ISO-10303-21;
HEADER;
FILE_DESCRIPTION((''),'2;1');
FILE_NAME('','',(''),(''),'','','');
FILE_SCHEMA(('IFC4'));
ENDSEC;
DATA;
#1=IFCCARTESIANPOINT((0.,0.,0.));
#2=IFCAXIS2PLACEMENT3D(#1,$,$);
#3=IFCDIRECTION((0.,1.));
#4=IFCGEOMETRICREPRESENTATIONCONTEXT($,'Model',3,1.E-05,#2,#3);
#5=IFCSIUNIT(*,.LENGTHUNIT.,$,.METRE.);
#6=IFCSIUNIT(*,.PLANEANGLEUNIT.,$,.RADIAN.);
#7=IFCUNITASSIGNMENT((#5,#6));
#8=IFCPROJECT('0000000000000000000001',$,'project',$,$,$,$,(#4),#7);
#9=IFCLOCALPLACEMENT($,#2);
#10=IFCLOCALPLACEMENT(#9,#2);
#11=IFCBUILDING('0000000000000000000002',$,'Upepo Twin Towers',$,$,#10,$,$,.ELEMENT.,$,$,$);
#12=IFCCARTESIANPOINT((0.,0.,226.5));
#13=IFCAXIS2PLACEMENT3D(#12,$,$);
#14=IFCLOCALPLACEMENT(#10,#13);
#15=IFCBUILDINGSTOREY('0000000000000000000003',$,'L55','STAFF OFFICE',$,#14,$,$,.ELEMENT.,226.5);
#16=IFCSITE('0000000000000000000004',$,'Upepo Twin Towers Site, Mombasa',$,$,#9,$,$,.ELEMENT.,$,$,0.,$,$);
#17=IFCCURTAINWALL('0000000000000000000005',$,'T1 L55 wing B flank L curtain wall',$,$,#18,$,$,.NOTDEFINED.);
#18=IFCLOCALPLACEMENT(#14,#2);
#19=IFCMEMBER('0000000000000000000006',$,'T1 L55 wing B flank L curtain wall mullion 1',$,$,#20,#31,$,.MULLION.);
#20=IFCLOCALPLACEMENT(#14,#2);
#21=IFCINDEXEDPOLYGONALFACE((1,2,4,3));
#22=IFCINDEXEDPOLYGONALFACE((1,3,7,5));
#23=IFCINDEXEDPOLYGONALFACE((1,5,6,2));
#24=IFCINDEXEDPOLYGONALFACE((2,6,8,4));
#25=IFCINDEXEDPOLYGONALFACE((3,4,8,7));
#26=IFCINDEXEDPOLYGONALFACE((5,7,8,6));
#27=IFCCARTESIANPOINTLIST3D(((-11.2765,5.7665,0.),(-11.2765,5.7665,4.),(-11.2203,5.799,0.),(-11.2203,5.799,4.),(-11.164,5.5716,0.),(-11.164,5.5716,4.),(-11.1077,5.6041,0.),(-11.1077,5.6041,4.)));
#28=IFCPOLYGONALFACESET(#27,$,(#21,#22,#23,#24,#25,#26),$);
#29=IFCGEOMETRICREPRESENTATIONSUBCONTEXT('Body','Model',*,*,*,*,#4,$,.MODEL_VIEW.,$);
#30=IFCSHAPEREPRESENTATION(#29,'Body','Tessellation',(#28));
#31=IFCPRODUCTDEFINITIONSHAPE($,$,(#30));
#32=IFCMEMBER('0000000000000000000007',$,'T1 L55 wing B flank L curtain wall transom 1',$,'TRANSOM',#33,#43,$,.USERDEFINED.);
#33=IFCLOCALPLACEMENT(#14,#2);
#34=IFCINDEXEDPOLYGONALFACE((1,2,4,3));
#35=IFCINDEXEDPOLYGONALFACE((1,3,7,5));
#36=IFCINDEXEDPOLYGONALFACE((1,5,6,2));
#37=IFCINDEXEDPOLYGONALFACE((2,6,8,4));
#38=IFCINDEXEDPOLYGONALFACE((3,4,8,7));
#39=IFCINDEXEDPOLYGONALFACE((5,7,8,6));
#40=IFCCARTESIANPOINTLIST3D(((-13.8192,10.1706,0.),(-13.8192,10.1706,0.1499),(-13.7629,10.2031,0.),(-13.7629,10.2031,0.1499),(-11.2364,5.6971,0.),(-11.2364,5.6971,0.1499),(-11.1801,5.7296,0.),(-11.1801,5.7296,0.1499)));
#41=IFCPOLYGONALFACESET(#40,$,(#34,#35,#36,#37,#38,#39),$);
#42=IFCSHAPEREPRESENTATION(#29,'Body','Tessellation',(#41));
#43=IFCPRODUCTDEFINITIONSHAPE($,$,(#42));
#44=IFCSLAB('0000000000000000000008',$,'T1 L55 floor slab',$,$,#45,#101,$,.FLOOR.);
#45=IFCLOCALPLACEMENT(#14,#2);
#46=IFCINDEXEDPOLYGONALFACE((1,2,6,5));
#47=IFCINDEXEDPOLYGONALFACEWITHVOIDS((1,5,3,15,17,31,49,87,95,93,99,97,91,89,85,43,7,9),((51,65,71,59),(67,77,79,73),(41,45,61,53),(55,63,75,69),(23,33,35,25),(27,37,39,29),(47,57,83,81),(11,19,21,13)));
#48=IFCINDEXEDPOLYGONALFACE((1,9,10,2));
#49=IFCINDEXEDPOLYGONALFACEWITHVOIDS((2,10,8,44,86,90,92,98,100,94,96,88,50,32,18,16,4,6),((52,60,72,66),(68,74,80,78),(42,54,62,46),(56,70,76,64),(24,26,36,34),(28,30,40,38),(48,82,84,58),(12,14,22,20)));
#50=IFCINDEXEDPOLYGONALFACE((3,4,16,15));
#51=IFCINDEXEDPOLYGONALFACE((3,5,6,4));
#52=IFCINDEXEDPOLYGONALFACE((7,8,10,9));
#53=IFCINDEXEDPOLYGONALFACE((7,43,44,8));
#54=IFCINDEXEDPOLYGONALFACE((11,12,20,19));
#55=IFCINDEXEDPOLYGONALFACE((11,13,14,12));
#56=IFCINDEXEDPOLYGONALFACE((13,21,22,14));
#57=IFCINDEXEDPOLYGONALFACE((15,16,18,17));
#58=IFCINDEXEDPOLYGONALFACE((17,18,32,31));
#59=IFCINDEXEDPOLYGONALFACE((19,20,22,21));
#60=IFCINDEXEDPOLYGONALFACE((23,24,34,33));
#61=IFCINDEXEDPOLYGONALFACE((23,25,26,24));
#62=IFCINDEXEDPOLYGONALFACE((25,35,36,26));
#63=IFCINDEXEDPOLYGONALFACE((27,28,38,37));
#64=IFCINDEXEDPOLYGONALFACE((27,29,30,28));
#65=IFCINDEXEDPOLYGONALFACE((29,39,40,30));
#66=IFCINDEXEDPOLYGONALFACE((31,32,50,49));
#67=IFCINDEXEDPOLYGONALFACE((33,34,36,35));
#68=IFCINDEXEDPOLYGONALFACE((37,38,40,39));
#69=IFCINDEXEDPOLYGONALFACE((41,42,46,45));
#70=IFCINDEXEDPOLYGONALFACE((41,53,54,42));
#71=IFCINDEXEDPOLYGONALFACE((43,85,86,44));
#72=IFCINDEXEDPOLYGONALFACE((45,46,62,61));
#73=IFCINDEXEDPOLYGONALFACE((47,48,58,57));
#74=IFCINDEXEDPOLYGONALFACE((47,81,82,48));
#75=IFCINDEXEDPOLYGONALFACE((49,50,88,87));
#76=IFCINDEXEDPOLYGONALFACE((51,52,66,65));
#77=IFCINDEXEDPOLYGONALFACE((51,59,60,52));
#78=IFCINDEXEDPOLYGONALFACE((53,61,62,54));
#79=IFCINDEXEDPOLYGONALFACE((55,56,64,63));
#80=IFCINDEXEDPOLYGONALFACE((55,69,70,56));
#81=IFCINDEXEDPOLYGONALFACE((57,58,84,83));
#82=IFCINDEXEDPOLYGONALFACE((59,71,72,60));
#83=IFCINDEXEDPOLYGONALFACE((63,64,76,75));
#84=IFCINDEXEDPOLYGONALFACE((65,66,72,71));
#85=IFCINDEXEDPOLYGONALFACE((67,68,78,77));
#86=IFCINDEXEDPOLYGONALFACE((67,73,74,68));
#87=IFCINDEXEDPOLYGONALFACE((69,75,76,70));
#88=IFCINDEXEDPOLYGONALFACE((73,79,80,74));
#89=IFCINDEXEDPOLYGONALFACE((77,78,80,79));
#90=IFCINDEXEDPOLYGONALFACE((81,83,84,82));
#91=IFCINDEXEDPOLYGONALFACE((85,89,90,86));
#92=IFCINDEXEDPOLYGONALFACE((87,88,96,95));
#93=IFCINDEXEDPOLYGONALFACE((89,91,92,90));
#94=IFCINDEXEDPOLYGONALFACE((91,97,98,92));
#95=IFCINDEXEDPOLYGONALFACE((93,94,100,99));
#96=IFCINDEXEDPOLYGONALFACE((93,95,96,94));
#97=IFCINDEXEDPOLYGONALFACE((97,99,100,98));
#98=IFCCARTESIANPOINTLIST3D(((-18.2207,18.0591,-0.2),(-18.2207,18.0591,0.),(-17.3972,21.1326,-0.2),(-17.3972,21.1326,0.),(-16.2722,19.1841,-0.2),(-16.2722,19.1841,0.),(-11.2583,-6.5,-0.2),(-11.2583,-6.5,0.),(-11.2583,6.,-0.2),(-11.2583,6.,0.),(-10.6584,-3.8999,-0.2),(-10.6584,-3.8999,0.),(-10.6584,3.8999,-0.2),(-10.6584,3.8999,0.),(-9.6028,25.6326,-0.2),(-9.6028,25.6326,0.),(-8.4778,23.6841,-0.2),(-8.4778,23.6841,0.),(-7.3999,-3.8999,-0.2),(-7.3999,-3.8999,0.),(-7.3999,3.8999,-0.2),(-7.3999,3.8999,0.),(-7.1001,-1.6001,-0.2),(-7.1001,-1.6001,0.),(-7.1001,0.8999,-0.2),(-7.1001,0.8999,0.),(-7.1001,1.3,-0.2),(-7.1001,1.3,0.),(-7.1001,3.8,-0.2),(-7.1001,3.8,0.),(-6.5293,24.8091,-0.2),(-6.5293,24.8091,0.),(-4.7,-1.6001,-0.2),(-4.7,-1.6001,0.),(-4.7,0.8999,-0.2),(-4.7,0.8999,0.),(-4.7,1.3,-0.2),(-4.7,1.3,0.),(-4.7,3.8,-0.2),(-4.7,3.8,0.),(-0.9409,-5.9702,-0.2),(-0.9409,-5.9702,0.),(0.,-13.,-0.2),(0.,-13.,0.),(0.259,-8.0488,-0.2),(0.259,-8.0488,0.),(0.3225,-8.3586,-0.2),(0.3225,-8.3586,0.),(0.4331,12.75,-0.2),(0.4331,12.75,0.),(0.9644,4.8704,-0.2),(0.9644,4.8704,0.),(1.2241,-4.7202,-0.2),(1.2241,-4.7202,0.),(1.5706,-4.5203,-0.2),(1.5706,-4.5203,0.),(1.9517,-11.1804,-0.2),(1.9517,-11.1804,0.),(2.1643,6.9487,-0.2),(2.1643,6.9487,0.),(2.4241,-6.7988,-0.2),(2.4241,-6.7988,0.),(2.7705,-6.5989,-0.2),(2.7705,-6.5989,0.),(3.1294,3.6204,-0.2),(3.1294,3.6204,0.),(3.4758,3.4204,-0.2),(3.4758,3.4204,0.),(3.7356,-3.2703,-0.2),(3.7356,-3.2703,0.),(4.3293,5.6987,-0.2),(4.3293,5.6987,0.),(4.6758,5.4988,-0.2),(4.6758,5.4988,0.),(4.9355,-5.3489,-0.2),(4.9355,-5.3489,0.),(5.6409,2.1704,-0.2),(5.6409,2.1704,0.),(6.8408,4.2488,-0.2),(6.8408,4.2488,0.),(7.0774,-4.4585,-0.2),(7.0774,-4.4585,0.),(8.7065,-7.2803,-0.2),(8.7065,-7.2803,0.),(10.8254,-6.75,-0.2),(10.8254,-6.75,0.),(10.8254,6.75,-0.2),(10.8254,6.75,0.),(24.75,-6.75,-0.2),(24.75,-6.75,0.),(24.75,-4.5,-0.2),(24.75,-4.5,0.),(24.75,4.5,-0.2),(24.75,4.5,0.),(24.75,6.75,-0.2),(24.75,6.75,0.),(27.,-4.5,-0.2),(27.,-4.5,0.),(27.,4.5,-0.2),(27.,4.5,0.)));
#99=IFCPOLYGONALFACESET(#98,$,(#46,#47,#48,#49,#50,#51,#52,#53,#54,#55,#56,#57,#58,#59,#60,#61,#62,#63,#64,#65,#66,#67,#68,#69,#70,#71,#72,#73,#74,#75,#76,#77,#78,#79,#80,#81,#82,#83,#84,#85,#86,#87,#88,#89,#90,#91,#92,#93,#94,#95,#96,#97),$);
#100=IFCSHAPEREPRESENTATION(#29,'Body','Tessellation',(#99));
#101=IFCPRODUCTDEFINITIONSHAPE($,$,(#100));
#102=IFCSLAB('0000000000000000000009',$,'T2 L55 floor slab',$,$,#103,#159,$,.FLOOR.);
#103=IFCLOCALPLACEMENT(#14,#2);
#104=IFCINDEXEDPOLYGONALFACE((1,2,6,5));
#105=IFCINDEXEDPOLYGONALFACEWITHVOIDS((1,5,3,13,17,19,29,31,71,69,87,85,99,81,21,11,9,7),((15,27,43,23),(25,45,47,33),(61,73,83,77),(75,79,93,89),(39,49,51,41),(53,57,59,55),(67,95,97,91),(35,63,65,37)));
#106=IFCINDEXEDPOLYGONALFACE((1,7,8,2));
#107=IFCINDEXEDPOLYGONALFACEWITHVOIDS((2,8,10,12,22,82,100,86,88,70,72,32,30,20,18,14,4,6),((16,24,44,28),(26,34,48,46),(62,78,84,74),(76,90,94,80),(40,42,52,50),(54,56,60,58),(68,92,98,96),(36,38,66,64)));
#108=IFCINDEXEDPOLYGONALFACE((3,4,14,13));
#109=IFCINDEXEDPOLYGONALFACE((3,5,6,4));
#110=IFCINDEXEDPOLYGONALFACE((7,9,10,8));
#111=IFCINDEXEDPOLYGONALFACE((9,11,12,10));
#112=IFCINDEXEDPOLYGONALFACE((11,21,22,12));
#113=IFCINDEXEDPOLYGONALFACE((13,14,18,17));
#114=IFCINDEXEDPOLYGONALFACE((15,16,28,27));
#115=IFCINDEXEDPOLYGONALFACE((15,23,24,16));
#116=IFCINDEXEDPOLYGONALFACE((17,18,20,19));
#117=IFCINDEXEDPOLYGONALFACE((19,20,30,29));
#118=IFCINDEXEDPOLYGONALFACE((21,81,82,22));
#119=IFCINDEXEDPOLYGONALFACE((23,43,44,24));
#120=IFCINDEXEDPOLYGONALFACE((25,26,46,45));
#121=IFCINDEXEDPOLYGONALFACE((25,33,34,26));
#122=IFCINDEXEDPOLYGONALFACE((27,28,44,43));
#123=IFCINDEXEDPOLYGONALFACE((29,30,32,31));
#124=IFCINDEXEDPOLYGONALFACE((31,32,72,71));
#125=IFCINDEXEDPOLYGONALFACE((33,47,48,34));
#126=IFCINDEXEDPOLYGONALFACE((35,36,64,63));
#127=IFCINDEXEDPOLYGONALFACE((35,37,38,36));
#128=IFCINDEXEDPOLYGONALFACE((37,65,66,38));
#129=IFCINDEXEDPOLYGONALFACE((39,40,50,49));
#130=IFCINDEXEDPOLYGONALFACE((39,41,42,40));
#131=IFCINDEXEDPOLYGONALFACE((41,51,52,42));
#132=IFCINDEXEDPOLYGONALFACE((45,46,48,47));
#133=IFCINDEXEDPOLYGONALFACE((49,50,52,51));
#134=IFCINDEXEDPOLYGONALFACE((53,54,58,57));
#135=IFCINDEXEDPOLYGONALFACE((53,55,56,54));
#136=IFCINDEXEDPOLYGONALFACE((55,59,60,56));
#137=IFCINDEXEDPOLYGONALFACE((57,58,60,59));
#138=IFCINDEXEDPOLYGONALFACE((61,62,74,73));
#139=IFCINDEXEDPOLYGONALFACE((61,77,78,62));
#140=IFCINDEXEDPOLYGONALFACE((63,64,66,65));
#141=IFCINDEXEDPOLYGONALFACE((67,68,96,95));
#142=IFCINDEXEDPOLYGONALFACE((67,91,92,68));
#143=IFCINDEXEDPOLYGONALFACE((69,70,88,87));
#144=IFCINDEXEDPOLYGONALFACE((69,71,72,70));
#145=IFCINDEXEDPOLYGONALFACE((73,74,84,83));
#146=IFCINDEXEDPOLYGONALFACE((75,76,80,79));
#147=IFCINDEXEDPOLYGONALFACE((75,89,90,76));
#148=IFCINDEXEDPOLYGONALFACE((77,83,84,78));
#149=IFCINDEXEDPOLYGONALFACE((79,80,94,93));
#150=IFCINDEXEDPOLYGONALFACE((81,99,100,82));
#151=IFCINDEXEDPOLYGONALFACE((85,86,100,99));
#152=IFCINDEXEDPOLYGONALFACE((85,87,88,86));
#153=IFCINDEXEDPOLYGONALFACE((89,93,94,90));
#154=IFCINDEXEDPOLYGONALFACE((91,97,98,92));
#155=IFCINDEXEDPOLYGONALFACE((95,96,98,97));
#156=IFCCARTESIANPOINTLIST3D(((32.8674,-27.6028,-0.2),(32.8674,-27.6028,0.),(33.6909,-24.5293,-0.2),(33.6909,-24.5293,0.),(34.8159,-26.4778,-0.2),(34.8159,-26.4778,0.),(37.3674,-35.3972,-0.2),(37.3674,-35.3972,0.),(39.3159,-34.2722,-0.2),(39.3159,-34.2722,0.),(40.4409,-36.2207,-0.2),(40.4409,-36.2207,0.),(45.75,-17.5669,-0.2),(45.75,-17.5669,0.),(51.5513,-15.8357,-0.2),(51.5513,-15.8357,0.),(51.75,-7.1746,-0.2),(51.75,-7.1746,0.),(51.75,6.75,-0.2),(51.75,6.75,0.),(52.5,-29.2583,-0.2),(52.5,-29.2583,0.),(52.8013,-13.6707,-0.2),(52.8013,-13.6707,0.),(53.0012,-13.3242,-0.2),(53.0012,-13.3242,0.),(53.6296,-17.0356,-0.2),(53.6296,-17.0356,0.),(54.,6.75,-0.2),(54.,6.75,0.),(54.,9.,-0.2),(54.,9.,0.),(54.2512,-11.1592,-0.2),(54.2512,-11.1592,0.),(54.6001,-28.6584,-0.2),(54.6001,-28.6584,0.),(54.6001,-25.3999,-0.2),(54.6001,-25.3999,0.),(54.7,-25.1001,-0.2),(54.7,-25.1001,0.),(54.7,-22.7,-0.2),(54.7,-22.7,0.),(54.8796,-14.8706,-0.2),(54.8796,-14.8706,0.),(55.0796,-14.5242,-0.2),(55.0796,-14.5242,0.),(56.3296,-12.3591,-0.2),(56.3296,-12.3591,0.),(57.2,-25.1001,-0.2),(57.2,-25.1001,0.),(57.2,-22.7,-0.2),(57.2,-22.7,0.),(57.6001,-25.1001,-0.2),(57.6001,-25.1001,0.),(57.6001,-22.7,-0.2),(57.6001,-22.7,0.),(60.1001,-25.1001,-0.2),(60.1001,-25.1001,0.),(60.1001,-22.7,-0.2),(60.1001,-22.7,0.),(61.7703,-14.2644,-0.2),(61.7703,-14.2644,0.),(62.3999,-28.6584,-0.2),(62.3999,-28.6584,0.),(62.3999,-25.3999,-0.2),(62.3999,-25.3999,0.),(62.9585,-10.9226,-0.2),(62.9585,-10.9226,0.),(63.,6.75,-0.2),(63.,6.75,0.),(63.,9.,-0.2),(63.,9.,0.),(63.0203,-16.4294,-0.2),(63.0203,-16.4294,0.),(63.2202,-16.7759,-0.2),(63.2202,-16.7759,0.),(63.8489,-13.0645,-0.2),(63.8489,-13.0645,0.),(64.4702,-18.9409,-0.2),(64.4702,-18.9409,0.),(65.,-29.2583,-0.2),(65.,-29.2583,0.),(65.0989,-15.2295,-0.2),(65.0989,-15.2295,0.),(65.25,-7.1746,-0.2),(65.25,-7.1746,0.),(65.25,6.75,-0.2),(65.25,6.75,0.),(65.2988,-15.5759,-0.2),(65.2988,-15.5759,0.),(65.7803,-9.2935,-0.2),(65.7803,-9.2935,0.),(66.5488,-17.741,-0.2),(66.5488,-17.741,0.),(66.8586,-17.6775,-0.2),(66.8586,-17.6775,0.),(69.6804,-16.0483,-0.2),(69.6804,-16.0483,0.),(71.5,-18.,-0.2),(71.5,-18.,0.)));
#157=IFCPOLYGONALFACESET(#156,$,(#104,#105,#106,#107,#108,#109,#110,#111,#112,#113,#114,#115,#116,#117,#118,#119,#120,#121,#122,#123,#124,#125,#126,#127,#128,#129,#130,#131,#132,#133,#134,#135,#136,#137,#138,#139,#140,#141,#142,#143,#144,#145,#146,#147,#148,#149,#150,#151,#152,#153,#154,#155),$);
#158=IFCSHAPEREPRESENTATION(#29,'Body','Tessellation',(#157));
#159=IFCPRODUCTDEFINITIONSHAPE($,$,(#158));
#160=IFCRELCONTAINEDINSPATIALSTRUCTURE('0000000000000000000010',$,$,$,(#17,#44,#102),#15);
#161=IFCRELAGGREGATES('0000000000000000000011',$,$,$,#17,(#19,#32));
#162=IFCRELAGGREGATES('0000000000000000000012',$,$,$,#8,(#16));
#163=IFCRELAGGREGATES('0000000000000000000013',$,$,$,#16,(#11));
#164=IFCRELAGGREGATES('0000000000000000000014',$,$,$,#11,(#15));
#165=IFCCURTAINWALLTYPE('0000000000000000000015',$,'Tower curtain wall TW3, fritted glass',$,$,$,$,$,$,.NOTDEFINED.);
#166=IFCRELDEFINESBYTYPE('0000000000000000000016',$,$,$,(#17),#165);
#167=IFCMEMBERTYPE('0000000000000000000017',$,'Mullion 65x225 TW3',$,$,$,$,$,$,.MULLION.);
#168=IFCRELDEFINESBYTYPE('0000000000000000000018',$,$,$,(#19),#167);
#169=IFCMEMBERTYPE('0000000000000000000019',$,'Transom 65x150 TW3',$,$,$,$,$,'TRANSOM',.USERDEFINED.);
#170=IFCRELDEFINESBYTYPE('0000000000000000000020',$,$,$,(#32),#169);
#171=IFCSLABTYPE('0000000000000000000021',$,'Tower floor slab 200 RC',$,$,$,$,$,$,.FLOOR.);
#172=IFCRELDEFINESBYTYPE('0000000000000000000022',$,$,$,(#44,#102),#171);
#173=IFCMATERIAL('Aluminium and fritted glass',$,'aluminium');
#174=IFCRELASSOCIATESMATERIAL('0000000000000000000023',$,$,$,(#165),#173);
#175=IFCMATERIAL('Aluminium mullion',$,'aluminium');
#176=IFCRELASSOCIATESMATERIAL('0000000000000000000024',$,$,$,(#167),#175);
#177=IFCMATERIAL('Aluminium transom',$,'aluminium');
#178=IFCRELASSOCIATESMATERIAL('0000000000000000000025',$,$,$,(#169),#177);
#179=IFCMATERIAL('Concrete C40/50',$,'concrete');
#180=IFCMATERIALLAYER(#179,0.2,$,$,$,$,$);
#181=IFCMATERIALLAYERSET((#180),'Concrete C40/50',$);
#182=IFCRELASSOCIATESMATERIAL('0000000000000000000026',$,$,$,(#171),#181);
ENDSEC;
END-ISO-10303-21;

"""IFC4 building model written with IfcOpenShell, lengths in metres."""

from ifc_helpers import new_model, si_unit, direction, frame, origin, origin_2d, place, context, subcontext, project, spatial, polyline, rectangle, outline, extrude, material, layer, layer_set, material_profile, profile_set, type_object, element, aggregate, save


model = new_model("IFC4")

# Units and contexts
model_context = context("Model", 3, precision=1e-05, world=origin(), true_north=direction((0.0, 1.0)))
body_context = subcontext(model_context, "Body", "Model", "MODEL_VIEW")
ifc_project = project(units=[si_unit("LENGTHUNIT", "METRE"), si_unit("PLANEANGLEUNIT", "RADIAN")], contexts=[model_context])

# Site, building, storey
site_placement = place(None, origin())
site = spatial("IfcSite", under=ifc_project, at=site_placement, Name="Upepo Twin Towers Site, Mombasa", CompositionType="ELEMENT", RefElevation=0.0)
building_placement = place(site_placement, origin())
building = spatial("IfcBuilding", under=site, at=building_placement, Name="Upepo Twin Towers", CompositionType="ELEMENT")
storey_placement = place(building_placement, frame((0.0, 0.0, 226.5)))
storey = spatial("IfcBuildingStorey", under=building, at=storey_placement, Name="L55", Description="STAFF OFFICE", CompositionType="ELEMENT", Elevation=226.5)

# Curtain wall, members
ifc_material_1 = material(Name="Aluminium and fritted glass", Category="aluminium")
curtain_wall_type = type_object("IfcCurtainWallType", Name="Tower curtain wall TW3, fritted glass", PredefinedType="NOTDEFINED", material=ifc_material_1)
curtain_wall_placement = place(storey_placement, origin())
curtain_wall = element("IfcCurtainWall", 1, at=curtain_wall_placement, inside=storey, type_object=curtain_wall_type, Name="T1 L55 wing B flank L curtain wall", PredefinedType="NOTDEFINED")
ifc_material_2 = material(Name="Aluminium mullion", Category="aluminium")
ifc_material_profile_1 = material_profile(ifc_material_2, rectangle(XDim=0.0649, YDim=0.2251, at=origin_2d()), Name="MULLION 65x225")
ifc_profile_set_1 = profile_set([ifc_material_profile_1], Name="Aluminium mullion")
member_type_1 = type_object("IfcMemberType", Name="Mullion 65x225 TW3", PredefinedType="MULLION", material=ifc_profile_set_1)
member_1_placement = place(storey_placement, frame((-11.1921, 5.6853, 0.0), z_axis=(0.0, 0.0, 1.0), x_axis=(-0.866025, -0.5, 0.0)))
member_1 = element("IfcMember", 2, at=member_1_placement, type_object=member_type_1, Name="T1 L55 wing B flank L curtain wall mullion 1", PredefinedType="MULLION", context=body_context, shape_type="SweptSolid", body=[
    extrude(rectangle(XDim=0.0649, YDim=0.2251, at=origin_2d()), origin(), (0.0, 0.0, 1.0), 4.0),
])
ifc_material_3 = material(Name="Aluminium transom", Category="aluminium")
ifc_material_profile_2 = material_profile(ifc_material_3, rectangle(XDim=0.0649, YDim=0.1499, at=origin_2d()), Name="TRANSOM 65x150")
ifc_profile_set_2 = profile_set([ifc_material_profile_2], Name="Aluminium transom")
member_type_2 = type_object("IfcMemberType", Name="Transom 65x150 TW3", ElementType="TRANSOM", PredefinedType="USERDEFINED", material=ifc_profile_set_2)
member_2_placement = place(storey_placement, frame((-11.2083, 5.7134, 0.075), z_axis=(-0.500007, 0.866021, 0.0), x_axis=(-0.866021, -0.500007, 0.0)))
member_2 = element("IfcMember", 3, at=member_2_placement, type_object=member_type_2, Name="T1 L55 wing B flank L curtain wall transom 1", ObjectType="TRANSOM", PredefinedType="USERDEFINED", context=body_context, shape_type="SweptSolid", body=[
    extrude(rectangle(XDim=0.0649, YDim=0.1499, at=origin_2d()), origin(), (0.0, 0.0, 1.0), 5.1655),
])
aggregate(curtain_wall, [member_1, member_2])

# Slabs
ifc_material_4 = material(Name="Concrete C40/50", Category="concrete")
ifc_layer_1 = layer(ifc_material_4, 0.2)
ifc_layer_set_1 = layer_set([ifc_layer_1], Name="Concrete C40/50")
slab_type = type_object("IfcSlabType", Name="Tower floor slab 200 RC", PredefinedType="FLOOR", material=ifc_layer_set_1)
slab_1_placement = place(storey_placement, frame((0.0, 0.0, -0.2)))
element("IfcSlab", 4, at=slab_1_placement, inside=storey, type_object=slab_type, Name="T1 L55 floor slab", PredefinedType="FLOOR", context=body_context, shape_type="SweptSolid", body=[
    extrude(outline(polyline([(10.8254, 6.75), (24.75, 6.75), (24.75, 4.5), (27.0, 4.5), (27.0, -4.5), (24.75, -4.5), (24.75, -6.75), (10.8254, -6.75), (0.0, -13.0), (-11.2583, -6.5), (-11.2583, 6.0), (-18.2207, 18.0591), (-16.2722, 19.1841), (-17.3972, 21.1326), (-9.6028, 25.6326), (-8.4778, 23.6841), (-6.5293, 24.8091), (0.4331, 12.75), (10.8254, 6.75)]), holes=[polyline([(5.6409, 2.1704), (6.8408, 4.2488), (4.6758, 5.4988), (3.4758, 3.4204), (5.6409, 2.1704)]), polyline([(3.1294, 3.6204), (4.3293, 5.6987), (2.1643, 6.9487), (0.9644, 4.8704), (3.1294, 3.6204)]), polyline([(-4.7, 3.8), (-7.1001, 3.8), (-7.1001, 1.3), (-4.7, 1.3), (-4.7, 3.8)]), polyline([(-4.7, 0.8999), (-7.1001, 0.8999), (-7.1001, -1.6001), (-4.7, -1.6001), (-4.7, 0.8999)]), polyline([(-7.3999, 3.8999), (-10.6584, 3.8999), (-10.6584, -3.8999), (-7.3999, -3.8999), (-7.3999, 3.8999)]), polyline([(-0.9409, -5.9702), (0.259, -8.0488), (2.4241, -6.7988), (1.2241, -4.7202), (-0.9409, -5.9702)]), polyline([(1.5706, -4.5203), (2.7705, -6.5989), (4.9355, -5.3489), (3.7356, -3.2703), (1.5706, -4.5203)]), polyline([(0.3225, -8.3586), (1.9517, -11.1804), (8.7065, -7.2803), (7.0774, -4.4585), (0.3225, -8.3586)])]), origin(), (0.0, 0.0, 1.0), 0.2),
])
slab_2_placement = place(storey_placement, frame((0.0, 0.0, -0.2)))
element("IfcSlab", 5, at=slab_2_placement, inside=storey, type_object=slab_type, Name="T2 L55 floor slab", PredefinedType="FLOOR", context=body_context, shape_type="SweptSolid", body=[
    extrude(outline(polyline([(51.75, -7.1746), (51.75, 6.75), (54.0, 6.75), (54.0, 9.0), (63.0, 9.0), (63.0, 6.75), (65.25, 6.75), (65.25, -7.1746), (71.5, -18.0), (65.0, -29.2583), (52.5, -29.2583), (40.4409, -36.2207), (39.3159, -34.2722), (37.3674, -35.3972), (32.8674, -27.6028), (34.8159, -26.4778), (33.6909, -24.5293), (45.75, -17.5669), (51.75, -7.1746)]), holes=[polyline([(56.3296, -12.3591), (54.2512, -11.1592), (53.0012, -13.3242), (55.0796, -14.5242), (56.3296, -12.3591)]), polyline([(54.8796, -14.8706), (52.8013, -13.6707), (51.5513, -15.8357), (53.6296, -17.0356), (54.8796, -14.8706)]), polyline([(54.7, -22.7), (54.7, -25.1001), (57.2, -25.1001), (57.2, -22.7), (54.7, -22.7)]), polyline([(57.6001, -22.7), (57.6001, -25.1001), (60.1001, -25.1001), (60.1001, -22.7), (57.6001, -22.7)]), polyline([(54.6001, -25.3999), (54.6001, -28.6584), (62.3999, -28.6584), (62.3999, -25.3999), (54.6001, -25.3999)]), polyline([(64.4702, -18.9409), (66.5488, -17.741), (65.2988, -15.5759), (63.2202, -16.7759), (64.4702, -18.9409)]), polyline([(63.0203, -16.4294), (65.0989, -15.2295), (63.8489, -13.0645), (61.7703, -14.2644), (63.0203, -16.4294)]), polyline([(66.8586, -17.6775), (69.6804, -16.0483), (65.7803, -9.2935), (62.9585, -10.9226), (66.8586, -17.6775)])]), origin(), (0.0, 0.0, 1.0), 0.2),
])

save(model, "model.ifc")
